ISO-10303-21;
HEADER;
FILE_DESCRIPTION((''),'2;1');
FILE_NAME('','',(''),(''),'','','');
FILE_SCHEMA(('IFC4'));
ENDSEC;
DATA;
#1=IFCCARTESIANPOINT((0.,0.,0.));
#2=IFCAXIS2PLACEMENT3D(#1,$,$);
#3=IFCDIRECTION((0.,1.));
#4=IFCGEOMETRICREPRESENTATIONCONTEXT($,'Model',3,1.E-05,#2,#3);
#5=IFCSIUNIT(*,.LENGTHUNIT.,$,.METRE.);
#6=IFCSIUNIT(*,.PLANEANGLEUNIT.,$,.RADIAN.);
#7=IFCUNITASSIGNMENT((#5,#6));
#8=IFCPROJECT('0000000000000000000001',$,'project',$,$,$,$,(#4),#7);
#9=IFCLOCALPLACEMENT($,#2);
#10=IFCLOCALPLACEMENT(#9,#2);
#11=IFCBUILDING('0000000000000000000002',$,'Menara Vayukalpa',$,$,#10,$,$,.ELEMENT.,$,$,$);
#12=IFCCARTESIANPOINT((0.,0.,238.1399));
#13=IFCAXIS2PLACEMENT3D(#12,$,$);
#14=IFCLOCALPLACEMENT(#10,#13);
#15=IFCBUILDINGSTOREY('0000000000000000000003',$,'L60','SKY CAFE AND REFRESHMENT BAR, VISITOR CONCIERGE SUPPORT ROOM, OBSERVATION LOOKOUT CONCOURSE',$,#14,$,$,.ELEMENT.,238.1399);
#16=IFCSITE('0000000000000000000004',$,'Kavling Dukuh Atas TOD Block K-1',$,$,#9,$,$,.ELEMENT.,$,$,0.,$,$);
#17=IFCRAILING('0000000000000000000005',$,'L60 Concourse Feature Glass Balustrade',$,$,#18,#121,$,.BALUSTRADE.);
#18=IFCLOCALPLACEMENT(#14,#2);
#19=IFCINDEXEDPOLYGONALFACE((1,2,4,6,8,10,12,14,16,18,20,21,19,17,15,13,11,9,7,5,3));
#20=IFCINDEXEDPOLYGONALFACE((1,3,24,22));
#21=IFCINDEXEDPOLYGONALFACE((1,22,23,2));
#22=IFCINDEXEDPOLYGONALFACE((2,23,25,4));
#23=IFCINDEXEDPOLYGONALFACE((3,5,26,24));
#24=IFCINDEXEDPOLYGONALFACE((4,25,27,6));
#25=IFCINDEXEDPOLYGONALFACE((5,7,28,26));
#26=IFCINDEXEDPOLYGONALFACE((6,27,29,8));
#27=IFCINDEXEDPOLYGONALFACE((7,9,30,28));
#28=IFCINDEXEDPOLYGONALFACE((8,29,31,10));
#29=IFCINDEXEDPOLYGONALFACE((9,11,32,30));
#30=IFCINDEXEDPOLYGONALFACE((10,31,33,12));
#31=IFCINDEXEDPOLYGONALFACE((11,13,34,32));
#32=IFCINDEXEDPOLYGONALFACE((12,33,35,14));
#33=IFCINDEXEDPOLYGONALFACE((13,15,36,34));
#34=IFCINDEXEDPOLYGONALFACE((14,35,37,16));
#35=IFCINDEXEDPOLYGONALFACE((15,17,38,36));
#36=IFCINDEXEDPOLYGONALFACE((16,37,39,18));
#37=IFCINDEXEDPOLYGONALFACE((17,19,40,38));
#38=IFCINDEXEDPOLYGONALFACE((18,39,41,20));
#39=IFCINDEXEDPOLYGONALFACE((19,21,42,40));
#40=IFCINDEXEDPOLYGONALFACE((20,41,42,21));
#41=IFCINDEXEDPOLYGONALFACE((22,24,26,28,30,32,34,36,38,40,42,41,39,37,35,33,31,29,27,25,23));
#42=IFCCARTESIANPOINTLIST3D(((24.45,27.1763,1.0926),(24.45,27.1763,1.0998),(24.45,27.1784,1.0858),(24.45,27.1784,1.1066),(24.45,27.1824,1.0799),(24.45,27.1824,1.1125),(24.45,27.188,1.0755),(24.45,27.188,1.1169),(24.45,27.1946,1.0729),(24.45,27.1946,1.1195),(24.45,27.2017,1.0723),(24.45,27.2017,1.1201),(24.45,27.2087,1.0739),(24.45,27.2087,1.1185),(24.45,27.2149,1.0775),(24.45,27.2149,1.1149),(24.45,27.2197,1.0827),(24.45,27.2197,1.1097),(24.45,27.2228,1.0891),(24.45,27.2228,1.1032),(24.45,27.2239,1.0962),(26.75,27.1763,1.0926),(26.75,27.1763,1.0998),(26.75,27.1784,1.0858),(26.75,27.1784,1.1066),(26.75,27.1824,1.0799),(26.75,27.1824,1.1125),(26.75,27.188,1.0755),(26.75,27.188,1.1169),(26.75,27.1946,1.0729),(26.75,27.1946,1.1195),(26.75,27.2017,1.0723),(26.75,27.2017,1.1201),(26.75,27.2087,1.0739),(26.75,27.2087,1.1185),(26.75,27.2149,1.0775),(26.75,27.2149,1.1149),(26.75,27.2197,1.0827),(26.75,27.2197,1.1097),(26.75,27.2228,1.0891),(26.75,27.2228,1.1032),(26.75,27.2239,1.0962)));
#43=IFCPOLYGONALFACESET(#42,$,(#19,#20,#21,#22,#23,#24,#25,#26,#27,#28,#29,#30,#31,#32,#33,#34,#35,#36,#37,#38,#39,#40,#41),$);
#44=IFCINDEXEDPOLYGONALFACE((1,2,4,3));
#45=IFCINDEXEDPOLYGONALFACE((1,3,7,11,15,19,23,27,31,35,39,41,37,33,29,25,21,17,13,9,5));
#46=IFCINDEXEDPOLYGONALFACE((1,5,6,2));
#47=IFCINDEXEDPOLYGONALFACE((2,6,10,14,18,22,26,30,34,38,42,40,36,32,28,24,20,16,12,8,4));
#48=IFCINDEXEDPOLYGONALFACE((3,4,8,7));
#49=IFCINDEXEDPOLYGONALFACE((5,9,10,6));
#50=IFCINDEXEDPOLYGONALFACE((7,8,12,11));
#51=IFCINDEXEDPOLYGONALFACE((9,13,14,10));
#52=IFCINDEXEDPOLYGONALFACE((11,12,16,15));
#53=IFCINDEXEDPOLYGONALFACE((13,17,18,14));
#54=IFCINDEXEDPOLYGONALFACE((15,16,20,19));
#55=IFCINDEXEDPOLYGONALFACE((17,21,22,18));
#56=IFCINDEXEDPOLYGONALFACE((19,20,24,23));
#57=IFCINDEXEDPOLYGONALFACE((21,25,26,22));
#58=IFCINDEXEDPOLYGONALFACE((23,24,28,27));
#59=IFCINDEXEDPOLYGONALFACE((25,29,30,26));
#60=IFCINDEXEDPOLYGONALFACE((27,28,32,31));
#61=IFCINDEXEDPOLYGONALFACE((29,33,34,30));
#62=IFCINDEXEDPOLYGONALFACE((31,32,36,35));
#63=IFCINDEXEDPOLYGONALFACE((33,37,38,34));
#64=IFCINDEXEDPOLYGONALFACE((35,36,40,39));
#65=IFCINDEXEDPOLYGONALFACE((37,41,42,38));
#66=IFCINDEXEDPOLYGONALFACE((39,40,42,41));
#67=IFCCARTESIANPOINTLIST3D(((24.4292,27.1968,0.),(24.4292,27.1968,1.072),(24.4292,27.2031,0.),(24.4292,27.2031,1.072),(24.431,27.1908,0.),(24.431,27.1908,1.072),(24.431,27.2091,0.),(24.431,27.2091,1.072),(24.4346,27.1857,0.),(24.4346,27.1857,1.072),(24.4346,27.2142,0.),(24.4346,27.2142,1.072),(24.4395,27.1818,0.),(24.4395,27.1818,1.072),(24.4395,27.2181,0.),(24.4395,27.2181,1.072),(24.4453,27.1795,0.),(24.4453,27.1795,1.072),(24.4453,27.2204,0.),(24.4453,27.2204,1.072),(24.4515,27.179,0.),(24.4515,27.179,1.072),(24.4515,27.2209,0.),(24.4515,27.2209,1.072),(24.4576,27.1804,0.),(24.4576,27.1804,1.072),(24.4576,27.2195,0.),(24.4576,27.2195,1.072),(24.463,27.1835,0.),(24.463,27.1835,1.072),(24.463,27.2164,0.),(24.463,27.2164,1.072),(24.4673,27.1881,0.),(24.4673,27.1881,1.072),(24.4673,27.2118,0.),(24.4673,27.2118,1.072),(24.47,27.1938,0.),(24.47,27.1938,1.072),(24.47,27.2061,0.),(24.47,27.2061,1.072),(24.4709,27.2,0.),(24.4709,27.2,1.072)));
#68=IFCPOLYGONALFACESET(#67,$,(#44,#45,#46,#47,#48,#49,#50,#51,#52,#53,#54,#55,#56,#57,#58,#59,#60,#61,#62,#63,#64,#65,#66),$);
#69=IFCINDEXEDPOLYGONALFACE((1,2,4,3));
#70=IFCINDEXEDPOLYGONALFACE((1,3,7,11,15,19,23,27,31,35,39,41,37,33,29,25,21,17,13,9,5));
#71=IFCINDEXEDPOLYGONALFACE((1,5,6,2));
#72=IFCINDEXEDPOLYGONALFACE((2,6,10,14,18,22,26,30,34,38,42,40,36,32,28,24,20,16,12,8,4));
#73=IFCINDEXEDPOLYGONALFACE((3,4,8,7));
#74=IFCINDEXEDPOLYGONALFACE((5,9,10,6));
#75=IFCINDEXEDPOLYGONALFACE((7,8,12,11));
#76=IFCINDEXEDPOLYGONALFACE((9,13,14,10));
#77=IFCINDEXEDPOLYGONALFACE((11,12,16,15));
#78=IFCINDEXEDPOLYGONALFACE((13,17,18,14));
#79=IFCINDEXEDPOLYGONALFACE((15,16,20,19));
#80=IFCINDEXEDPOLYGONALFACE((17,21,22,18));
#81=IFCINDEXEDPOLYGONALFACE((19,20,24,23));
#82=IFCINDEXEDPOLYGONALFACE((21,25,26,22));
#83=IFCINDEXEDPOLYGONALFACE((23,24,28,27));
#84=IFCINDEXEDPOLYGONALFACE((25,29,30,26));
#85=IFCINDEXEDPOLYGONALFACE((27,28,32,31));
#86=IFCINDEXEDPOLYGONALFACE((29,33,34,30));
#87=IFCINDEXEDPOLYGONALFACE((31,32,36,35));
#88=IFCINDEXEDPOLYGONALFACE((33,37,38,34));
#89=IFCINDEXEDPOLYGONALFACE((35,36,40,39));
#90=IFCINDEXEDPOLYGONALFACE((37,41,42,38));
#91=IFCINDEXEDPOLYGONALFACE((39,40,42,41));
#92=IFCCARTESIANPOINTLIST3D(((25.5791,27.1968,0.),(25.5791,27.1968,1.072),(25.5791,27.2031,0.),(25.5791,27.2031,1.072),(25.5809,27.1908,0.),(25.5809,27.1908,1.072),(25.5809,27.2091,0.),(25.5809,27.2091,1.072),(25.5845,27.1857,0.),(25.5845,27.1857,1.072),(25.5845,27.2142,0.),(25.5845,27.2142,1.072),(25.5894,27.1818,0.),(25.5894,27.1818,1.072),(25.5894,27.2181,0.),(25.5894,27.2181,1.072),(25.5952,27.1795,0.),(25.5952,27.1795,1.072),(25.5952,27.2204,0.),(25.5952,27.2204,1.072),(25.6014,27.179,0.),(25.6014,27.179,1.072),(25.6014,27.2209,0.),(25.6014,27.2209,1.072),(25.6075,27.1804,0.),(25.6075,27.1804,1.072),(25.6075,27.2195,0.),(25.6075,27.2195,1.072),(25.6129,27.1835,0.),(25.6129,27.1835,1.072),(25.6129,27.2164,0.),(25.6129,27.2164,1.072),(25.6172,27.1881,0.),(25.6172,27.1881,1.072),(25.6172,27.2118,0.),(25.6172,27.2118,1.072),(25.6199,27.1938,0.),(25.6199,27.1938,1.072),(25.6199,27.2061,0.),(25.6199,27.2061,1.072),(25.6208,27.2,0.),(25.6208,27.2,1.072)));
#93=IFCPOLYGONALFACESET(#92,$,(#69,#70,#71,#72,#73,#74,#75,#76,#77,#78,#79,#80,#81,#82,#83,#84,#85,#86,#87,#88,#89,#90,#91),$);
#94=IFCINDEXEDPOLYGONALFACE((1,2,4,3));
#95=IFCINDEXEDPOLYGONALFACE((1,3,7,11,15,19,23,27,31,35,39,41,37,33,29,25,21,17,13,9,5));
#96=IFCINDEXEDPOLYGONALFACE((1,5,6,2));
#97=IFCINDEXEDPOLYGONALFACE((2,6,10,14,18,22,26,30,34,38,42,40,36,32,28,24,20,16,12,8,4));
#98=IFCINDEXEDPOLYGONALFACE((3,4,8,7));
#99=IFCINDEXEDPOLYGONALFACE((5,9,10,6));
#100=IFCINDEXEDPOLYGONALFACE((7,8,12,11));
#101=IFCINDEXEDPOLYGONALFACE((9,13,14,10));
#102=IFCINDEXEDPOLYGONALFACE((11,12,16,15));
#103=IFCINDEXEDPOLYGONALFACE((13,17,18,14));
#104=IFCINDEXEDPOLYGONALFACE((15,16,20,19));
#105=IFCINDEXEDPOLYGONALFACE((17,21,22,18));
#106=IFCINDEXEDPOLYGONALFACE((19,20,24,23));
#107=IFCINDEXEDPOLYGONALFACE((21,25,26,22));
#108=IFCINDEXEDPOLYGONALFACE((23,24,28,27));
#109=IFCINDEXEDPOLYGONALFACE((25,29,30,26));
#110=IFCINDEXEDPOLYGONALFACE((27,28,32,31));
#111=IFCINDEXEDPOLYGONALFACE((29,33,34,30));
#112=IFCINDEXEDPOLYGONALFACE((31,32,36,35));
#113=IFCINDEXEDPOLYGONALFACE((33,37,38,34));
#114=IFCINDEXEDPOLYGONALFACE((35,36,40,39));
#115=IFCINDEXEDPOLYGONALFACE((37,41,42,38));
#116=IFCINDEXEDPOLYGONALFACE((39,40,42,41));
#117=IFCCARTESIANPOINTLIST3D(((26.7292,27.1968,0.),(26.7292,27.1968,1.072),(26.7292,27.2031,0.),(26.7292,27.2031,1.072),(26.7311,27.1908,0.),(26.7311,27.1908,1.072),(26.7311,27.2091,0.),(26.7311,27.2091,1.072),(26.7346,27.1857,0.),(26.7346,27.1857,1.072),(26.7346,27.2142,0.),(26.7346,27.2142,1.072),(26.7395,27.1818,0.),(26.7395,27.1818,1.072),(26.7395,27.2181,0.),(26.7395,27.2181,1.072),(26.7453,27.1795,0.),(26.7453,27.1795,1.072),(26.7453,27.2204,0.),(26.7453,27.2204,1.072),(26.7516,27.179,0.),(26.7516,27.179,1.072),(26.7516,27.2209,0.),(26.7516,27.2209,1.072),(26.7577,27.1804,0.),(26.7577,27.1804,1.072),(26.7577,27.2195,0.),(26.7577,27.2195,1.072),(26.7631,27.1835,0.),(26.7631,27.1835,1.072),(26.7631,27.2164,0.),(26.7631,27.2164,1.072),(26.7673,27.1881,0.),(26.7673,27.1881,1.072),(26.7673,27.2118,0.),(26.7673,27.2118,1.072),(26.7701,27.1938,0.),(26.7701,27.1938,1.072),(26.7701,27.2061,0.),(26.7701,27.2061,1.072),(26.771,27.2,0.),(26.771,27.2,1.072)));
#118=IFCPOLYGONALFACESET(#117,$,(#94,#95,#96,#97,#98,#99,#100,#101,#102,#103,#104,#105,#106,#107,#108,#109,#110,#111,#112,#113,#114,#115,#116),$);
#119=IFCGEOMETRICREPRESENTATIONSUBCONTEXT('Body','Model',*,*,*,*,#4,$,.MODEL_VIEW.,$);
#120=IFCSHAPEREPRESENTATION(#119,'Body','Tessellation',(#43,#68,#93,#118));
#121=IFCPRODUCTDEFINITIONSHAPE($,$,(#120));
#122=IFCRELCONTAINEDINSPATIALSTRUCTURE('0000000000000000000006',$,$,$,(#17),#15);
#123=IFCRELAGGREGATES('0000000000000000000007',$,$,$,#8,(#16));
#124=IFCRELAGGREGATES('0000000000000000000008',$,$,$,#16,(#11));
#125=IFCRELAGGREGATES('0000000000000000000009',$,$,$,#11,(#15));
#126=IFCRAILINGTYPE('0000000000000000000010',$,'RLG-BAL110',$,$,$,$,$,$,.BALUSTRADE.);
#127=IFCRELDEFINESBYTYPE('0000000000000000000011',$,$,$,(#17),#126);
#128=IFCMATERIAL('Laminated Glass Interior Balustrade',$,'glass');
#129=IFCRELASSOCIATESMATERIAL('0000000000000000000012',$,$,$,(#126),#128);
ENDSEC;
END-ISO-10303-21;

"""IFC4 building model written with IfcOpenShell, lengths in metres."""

from ifc_helpers import new_model, si_unit, direction, frame, origin, origin_2d, place, context, subcontext, project, spatial, circle, extrude, material, type_object, element, save


model = new_model("IFC4")

# Units and contexts
model_context = context("Model", 3, precision=1e-05, world=origin(), true_north=direction((0.0, 1.0)))
body_context = subcontext(model_context, "Body", "Model", "MODEL_VIEW")
ifc_project = project(units=[si_unit("LENGTHUNIT", "METRE"), si_unit("PLANEANGLEUNIT", "RADIAN")], contexts=[model_context])

# Site, building, storey
site_placement = place(None, origin())
site = spatial("IfcSite", under=ifc_project, at=site_placement, Name="Kavling Dukuh Atas TOD Block K-1", CompositionType="ELEMENT", RefElevation=0.0)
building_placement = place(site_placement, origin())
building = spatial("IfcBuilding", under=site, at=building_placement, Name="Menara Vayukalpa", CompositionType="ELEMENT")
storey_placement = place(building_placement, frame((0.0, 0.0, 238.1399)))
storey = spatial("IfcBuildingStorey", under=building, at=storey_placement, Name="L60", Description="SKY CAFE AND REFRESHMENT BAR, VISITOR CONCIERGE SUPPORT ROOM, OBSERVATION LOOKOUT CONCOURSE", CompositionType="ELEMENT", Elevation=238.1399)

# Railing
ifc_material_1 = material(Name="Laminated Glass Interior Balustrade", Category="glass")
railing_type = type_object("IfcRailingType", Name="RLG-BAL110", PredefinedType="BALUSTRADE", material=ifc_material_1)
railing_placement = place(storey_placement, frame((24.45, 27.2, 0.0)))
element("IfcRailing", 1, at=railing_placement, inside=storey, type_object=railing_type, Name="L60 Concourse Feature Glass Balustrade", PredefinedType="BALUSTRADE", context=body_context, shape_type="SweptSolid", body=[
    extrude(circle(Radius=0.0239, at=origin_2d()), frame((0.0, 0.0, 1.0962), z_axis=(1.0, 0.0, 0.0), x_axis=(0.0, 1.0, 0.0)), (0.0, 0.0, 1.0), 2.3),
    extrude(circle(Radius=0.021, at=origin_2d()), origin(), (0.0, 0.0, 1.0), 1.072),
    extrude(circle(Radius=0.021, at=origin_2d()), frame((1.1499, 0.0, 0.0)), (0.0, 0.0, 1.0), 1.072),
    extrude(circle(Radius=0.021, at=origin_2d()), frame((2.3, 0.0, 0.0)), (0.0, 0.0, 1.0), 1.072),
])

save(model, "model.ifc")
